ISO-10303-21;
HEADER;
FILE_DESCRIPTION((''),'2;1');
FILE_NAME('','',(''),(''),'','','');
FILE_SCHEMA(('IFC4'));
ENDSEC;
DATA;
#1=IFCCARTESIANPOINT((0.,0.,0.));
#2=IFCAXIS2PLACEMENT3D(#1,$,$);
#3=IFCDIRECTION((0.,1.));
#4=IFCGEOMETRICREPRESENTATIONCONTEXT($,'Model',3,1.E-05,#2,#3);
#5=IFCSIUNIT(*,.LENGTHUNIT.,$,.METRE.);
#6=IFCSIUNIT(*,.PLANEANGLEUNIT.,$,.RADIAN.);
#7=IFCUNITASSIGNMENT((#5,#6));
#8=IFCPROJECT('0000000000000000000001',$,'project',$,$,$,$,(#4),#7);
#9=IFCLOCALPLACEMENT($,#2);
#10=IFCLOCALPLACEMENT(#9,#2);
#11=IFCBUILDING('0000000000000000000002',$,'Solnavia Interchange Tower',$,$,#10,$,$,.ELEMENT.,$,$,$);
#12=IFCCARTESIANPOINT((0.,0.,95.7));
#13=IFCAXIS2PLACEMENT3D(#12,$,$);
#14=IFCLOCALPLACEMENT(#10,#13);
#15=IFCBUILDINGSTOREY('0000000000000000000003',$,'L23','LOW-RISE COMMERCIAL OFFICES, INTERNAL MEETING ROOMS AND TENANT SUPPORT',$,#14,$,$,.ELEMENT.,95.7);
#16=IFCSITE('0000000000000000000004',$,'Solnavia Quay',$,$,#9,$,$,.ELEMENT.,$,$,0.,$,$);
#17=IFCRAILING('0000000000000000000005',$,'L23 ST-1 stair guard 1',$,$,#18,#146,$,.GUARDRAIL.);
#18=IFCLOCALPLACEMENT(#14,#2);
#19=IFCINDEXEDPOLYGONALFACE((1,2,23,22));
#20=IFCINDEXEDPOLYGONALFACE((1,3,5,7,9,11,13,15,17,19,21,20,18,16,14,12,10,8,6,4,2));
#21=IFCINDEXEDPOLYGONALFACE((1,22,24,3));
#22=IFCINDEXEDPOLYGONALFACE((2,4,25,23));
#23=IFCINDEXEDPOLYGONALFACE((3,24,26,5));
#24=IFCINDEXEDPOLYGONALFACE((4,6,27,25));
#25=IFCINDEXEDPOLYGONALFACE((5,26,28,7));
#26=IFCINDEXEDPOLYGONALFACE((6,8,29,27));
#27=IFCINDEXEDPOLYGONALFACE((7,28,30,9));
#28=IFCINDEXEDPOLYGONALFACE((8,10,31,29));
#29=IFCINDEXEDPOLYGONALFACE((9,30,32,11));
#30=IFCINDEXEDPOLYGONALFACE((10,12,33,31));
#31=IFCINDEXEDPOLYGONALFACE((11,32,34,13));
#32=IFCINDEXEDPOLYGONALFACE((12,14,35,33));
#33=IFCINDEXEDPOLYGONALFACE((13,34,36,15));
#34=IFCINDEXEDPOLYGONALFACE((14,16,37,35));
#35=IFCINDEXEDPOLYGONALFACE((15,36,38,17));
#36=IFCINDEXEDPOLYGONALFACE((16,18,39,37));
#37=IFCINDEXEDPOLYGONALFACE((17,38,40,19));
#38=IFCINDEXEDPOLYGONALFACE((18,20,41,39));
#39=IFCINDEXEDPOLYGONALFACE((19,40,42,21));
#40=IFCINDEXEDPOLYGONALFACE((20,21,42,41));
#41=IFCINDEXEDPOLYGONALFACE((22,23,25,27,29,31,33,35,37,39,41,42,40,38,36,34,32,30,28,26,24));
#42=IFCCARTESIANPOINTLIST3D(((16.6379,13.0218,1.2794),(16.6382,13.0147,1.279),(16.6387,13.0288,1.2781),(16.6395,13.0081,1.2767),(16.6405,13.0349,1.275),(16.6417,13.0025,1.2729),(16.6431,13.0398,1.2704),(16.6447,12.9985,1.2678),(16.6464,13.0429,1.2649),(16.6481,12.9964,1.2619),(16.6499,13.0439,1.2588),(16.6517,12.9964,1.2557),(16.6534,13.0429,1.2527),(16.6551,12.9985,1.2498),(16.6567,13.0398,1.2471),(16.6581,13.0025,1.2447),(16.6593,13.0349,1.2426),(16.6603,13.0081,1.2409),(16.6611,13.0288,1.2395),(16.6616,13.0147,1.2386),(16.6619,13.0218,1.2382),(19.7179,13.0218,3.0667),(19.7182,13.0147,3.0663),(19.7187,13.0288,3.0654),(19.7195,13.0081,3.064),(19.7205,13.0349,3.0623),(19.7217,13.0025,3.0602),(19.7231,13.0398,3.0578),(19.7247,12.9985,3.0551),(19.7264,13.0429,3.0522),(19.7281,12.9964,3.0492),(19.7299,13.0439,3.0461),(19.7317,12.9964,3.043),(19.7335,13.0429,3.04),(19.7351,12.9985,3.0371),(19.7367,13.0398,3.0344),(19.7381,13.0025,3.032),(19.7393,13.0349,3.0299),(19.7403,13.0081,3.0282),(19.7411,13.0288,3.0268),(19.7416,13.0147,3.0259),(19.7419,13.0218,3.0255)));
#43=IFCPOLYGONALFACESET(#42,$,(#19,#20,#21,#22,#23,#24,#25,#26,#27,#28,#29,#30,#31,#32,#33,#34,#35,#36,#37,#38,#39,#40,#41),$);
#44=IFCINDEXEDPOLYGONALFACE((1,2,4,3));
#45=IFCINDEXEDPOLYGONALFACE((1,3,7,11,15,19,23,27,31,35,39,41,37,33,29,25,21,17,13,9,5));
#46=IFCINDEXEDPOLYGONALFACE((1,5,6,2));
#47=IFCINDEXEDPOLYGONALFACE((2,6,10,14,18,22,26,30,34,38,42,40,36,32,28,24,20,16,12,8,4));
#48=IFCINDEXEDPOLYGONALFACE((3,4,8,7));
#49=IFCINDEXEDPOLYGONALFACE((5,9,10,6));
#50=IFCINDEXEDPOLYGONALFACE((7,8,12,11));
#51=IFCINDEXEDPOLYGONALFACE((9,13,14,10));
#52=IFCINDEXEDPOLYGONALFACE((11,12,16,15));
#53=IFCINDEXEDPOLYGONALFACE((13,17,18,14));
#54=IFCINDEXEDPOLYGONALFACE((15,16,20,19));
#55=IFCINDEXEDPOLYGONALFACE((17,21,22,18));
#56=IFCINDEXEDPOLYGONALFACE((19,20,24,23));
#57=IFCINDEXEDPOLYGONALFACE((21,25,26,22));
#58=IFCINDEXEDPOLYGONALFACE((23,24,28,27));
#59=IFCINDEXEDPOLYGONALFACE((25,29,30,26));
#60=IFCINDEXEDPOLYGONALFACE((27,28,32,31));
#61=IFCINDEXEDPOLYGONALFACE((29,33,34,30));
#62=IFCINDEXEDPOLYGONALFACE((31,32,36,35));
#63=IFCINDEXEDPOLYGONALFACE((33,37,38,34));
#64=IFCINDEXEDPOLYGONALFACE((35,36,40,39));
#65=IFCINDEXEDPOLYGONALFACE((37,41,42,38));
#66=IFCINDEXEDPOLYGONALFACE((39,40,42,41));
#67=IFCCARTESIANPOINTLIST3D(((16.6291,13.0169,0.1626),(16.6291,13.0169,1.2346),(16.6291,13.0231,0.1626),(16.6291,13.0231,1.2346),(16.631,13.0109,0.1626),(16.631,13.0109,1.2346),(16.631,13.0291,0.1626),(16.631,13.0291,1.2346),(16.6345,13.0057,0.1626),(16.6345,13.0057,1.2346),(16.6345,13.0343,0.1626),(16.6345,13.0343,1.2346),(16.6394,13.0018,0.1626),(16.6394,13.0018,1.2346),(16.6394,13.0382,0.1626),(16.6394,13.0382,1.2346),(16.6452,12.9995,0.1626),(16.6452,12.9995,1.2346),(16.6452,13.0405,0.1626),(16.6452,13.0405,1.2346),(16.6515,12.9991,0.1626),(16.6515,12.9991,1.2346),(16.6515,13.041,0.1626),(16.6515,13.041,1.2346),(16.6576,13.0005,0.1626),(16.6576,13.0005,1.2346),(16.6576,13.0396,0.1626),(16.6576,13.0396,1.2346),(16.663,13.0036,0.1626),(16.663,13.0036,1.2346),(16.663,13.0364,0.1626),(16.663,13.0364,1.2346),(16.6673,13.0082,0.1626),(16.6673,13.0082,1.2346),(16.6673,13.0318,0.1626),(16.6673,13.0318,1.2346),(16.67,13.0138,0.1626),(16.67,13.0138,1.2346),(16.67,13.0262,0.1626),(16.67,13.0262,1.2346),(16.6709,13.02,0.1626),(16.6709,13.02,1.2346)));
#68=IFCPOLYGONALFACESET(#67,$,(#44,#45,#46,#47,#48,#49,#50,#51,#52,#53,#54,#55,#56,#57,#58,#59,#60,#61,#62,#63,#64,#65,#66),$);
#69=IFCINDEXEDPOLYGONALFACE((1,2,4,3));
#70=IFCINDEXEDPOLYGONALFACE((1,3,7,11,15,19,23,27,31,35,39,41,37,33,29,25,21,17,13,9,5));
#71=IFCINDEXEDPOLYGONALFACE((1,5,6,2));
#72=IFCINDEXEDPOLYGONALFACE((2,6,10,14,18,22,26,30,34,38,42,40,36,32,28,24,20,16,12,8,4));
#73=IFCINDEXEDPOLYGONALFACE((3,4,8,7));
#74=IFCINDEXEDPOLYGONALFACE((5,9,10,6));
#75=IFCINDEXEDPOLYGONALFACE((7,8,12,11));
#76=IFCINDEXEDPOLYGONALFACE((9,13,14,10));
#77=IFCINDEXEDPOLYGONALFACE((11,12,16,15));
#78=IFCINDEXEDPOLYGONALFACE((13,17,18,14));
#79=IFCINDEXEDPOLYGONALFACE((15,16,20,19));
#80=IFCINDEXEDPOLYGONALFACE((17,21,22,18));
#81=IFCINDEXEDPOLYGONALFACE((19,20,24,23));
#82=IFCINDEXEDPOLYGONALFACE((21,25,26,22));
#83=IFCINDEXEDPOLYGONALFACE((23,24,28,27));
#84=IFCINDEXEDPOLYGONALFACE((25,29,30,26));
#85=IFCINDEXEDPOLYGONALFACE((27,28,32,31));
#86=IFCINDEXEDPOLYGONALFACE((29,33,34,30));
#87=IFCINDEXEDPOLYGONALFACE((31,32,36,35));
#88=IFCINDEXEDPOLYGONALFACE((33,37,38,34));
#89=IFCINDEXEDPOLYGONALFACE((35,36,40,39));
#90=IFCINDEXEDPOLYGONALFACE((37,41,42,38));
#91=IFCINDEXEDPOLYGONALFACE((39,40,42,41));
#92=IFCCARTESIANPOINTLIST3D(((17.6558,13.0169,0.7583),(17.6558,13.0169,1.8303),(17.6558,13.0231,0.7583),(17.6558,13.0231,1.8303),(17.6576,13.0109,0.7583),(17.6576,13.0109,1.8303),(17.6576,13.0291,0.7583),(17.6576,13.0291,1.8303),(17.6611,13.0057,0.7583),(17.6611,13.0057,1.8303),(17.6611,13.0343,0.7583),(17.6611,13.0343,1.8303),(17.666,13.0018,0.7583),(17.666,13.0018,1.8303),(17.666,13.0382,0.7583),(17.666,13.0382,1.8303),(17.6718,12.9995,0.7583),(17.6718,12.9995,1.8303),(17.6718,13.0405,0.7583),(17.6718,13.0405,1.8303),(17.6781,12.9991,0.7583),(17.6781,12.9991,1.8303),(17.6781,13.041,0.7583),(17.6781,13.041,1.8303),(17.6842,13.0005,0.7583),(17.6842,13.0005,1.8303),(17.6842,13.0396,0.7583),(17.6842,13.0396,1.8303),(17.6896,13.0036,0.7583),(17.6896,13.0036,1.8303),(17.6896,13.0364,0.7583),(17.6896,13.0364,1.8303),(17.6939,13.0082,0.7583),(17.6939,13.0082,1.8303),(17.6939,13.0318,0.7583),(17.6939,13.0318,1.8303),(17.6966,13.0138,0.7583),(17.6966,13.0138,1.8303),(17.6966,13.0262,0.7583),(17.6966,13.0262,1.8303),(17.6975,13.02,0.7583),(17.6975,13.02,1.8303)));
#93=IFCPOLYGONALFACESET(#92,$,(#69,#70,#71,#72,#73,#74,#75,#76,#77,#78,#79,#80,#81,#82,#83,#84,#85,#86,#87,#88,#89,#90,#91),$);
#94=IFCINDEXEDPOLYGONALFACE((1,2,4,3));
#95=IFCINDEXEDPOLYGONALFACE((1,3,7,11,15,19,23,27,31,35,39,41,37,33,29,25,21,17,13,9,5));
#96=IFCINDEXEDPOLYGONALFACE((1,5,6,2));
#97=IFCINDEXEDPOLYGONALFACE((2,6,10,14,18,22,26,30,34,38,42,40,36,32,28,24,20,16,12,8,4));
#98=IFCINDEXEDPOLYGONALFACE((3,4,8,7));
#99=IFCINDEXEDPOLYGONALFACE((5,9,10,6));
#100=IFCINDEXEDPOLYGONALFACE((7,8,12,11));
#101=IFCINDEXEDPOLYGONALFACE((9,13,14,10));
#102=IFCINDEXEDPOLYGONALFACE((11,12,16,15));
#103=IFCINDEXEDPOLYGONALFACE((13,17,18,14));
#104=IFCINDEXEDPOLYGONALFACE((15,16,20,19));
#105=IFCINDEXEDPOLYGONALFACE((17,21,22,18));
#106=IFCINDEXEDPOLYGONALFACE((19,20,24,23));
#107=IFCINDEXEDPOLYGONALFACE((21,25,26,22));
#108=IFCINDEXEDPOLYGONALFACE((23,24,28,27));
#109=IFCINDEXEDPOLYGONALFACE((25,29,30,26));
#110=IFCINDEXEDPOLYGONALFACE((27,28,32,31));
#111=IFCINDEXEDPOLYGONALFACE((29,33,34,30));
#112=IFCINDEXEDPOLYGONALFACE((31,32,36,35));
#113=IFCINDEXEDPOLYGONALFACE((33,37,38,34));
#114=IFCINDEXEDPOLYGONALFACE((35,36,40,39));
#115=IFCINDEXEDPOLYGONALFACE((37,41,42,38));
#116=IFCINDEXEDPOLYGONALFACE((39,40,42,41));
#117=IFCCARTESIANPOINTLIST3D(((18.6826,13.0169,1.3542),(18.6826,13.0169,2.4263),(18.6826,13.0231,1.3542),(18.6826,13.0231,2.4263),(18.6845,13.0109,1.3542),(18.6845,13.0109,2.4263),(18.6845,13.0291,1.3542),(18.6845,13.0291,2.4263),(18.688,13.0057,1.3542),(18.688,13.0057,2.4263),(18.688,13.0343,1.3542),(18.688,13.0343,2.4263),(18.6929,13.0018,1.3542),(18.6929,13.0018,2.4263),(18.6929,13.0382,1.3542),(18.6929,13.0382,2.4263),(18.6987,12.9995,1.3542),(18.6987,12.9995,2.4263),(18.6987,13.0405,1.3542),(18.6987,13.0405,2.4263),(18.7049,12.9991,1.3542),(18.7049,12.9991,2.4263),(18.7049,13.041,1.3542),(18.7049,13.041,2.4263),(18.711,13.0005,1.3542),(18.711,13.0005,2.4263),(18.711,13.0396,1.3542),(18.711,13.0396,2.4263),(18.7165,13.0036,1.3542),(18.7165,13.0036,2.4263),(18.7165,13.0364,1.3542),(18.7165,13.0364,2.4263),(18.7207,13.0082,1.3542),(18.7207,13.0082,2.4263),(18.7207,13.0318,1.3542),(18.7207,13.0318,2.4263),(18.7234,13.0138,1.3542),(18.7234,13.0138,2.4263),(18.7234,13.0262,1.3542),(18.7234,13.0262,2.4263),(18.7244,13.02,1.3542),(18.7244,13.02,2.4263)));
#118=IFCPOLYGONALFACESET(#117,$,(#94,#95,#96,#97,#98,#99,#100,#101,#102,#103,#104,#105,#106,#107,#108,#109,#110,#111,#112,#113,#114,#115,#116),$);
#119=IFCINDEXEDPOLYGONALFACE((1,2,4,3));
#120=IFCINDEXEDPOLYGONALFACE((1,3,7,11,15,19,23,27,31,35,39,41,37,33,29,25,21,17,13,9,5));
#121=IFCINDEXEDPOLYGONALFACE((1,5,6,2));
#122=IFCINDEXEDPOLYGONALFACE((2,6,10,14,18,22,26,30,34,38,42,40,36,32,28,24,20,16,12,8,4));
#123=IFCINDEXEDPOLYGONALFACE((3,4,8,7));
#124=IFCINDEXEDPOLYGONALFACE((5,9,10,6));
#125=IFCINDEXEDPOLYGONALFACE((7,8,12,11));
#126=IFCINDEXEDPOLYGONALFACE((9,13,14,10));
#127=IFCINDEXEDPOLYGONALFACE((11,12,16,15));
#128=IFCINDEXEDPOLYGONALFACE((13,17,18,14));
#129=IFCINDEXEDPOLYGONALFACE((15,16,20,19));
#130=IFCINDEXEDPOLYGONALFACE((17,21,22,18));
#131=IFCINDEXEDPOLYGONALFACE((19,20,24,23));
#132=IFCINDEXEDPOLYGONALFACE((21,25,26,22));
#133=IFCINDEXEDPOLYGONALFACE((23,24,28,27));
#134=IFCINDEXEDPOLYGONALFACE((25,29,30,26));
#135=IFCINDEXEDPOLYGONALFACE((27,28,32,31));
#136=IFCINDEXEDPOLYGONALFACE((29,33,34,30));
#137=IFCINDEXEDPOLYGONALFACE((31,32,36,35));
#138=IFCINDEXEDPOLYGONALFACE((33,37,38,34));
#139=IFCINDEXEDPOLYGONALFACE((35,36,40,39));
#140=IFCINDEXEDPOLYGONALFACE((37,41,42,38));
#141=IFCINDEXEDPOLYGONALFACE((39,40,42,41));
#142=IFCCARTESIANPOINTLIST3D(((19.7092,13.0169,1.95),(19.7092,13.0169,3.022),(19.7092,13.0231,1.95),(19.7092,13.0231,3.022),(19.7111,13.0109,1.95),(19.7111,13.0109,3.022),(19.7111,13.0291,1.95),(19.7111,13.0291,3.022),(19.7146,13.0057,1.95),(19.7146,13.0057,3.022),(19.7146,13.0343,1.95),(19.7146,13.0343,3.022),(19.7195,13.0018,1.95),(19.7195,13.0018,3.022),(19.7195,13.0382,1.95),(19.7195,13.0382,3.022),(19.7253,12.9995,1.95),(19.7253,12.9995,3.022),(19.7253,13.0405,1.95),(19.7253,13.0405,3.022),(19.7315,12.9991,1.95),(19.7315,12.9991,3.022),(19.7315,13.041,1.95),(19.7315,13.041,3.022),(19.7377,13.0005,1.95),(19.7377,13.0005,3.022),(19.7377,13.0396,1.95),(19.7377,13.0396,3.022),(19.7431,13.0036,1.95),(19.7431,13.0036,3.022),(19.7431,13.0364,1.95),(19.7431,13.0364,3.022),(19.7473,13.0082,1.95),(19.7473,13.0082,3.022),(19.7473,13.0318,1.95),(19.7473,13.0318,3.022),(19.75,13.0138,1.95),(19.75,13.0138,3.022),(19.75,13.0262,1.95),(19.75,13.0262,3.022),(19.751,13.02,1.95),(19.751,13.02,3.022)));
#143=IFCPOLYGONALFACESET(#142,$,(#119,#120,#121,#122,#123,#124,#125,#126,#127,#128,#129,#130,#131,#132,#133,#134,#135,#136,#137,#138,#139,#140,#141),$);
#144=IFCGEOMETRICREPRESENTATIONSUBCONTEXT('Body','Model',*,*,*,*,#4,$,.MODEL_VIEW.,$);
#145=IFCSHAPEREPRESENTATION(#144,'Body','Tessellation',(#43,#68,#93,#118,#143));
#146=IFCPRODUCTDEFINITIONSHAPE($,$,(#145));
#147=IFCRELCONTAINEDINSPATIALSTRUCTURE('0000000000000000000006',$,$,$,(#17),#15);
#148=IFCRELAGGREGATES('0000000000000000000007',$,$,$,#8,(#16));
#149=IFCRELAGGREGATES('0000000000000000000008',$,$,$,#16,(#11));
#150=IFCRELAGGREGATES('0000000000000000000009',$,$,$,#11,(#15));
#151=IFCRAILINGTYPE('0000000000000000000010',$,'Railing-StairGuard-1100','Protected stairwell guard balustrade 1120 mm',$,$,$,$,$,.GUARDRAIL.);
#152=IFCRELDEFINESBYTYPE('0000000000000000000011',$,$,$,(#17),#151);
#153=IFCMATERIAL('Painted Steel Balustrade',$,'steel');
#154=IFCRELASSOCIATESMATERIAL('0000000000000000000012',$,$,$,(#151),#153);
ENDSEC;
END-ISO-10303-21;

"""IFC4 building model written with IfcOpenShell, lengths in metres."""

from ifc_helpers import new_model, si_unit, direction, frame, origin, origin_2d, place, context, subcontext, project, spatial, circle, extrude, material, type_object, element, save


model = new_model("IFC4")

# Units and contexts
model_context = context("Model", 3, precision=1e-05, world=origin(), true_north=direction((0.0, 1.0)))
body_context = subcontext(model_context, "Body", "Model", "MODEL_VIEW")
ifc_project = project(units=[si_unit("LENGTHUNIT", "METRE"), si_unit("PLANEANGLEUNIT", "RADIAN")], contexts=[model_context])

# Site, building, storey
site_placement = place(None, origin())
site = spatial("IfcSite", under=ifc_project, at=site_placement, Name="Solnavia Quay", CompositionType="ELEMENT", RefElevation=0.0)
building_placement = place(site_placement, origin())
building = spatial("IfcBuilding", under=site, at=building_placement, Name="Solnavia Interchange Tower", CompositionType="ELEMENT")
storey_placement = place(building_placement, frame((0.0, 0.0, 95.7)))
storey = spatial("IfcBuildingStorey", under=building, at=storey_placement, Name="L23", Description="LOW-RISE COMMERCIAL OFFICES, INTERNAL MEETING ROOMS AND TENANT SUPPORT", CompositionType="ELEMENT", Elevation=95.7)

# Railing
ifc_material_1 = material(Name="Painted Steel Balustrade", Category="steel")
railing_type_1 = type_object("IfcRailingType", Name="Railing-StairGuard-1100", Description="Protected stairwell guard balustrade 1120 mm", PredefinedType="GUARDRAIL", material=ifc_material_1)
railing_1_placement = place(storey_placement, frame((16.6499, 13.02, 0.1626)))
element("IfcRailing", 1, at=railing_1_placement, inside=storey, type_object=railing_type_1, Name="L23 ST-1 stair guard 1", PredefinedType="GUARDRAIL", context=body_context, shape_type="SweptSolid", body=[
    extrude(circle(Radius=0.0239, at=origin_2d()), frame((0.0, 0.0, 1.0962), z_axis=(0.86492, 0.0, 0.501909), x_axis=(0.0, 1.0, 0.0)), (0.0, 0.0, 1.0), 3.561),
    extrude(circle(Radius=0.021, at=origin_2d()), origin(), (0.0, 0.0, 1.0), 1.072),
    extrude(circle(Radius=0.021, at=origin_2d()), frame((1.0266, 0.0, 0.5957)), (0.0, 0.0, 1.0), 1.072),
    extrude(circle(Radius=0.021, at=origin_2d()), frame((2.0535, 0.0, 1.1917)), (0.0, 0.0, 1.0), 1.072),
    extrude(circle(Radius=0.021, at=origin_2d()), frame((3.0801, 0.0, 1.7874)), (0.0, 0.0, 1.0), 1.072),
])

save(model, "model.ifc")
